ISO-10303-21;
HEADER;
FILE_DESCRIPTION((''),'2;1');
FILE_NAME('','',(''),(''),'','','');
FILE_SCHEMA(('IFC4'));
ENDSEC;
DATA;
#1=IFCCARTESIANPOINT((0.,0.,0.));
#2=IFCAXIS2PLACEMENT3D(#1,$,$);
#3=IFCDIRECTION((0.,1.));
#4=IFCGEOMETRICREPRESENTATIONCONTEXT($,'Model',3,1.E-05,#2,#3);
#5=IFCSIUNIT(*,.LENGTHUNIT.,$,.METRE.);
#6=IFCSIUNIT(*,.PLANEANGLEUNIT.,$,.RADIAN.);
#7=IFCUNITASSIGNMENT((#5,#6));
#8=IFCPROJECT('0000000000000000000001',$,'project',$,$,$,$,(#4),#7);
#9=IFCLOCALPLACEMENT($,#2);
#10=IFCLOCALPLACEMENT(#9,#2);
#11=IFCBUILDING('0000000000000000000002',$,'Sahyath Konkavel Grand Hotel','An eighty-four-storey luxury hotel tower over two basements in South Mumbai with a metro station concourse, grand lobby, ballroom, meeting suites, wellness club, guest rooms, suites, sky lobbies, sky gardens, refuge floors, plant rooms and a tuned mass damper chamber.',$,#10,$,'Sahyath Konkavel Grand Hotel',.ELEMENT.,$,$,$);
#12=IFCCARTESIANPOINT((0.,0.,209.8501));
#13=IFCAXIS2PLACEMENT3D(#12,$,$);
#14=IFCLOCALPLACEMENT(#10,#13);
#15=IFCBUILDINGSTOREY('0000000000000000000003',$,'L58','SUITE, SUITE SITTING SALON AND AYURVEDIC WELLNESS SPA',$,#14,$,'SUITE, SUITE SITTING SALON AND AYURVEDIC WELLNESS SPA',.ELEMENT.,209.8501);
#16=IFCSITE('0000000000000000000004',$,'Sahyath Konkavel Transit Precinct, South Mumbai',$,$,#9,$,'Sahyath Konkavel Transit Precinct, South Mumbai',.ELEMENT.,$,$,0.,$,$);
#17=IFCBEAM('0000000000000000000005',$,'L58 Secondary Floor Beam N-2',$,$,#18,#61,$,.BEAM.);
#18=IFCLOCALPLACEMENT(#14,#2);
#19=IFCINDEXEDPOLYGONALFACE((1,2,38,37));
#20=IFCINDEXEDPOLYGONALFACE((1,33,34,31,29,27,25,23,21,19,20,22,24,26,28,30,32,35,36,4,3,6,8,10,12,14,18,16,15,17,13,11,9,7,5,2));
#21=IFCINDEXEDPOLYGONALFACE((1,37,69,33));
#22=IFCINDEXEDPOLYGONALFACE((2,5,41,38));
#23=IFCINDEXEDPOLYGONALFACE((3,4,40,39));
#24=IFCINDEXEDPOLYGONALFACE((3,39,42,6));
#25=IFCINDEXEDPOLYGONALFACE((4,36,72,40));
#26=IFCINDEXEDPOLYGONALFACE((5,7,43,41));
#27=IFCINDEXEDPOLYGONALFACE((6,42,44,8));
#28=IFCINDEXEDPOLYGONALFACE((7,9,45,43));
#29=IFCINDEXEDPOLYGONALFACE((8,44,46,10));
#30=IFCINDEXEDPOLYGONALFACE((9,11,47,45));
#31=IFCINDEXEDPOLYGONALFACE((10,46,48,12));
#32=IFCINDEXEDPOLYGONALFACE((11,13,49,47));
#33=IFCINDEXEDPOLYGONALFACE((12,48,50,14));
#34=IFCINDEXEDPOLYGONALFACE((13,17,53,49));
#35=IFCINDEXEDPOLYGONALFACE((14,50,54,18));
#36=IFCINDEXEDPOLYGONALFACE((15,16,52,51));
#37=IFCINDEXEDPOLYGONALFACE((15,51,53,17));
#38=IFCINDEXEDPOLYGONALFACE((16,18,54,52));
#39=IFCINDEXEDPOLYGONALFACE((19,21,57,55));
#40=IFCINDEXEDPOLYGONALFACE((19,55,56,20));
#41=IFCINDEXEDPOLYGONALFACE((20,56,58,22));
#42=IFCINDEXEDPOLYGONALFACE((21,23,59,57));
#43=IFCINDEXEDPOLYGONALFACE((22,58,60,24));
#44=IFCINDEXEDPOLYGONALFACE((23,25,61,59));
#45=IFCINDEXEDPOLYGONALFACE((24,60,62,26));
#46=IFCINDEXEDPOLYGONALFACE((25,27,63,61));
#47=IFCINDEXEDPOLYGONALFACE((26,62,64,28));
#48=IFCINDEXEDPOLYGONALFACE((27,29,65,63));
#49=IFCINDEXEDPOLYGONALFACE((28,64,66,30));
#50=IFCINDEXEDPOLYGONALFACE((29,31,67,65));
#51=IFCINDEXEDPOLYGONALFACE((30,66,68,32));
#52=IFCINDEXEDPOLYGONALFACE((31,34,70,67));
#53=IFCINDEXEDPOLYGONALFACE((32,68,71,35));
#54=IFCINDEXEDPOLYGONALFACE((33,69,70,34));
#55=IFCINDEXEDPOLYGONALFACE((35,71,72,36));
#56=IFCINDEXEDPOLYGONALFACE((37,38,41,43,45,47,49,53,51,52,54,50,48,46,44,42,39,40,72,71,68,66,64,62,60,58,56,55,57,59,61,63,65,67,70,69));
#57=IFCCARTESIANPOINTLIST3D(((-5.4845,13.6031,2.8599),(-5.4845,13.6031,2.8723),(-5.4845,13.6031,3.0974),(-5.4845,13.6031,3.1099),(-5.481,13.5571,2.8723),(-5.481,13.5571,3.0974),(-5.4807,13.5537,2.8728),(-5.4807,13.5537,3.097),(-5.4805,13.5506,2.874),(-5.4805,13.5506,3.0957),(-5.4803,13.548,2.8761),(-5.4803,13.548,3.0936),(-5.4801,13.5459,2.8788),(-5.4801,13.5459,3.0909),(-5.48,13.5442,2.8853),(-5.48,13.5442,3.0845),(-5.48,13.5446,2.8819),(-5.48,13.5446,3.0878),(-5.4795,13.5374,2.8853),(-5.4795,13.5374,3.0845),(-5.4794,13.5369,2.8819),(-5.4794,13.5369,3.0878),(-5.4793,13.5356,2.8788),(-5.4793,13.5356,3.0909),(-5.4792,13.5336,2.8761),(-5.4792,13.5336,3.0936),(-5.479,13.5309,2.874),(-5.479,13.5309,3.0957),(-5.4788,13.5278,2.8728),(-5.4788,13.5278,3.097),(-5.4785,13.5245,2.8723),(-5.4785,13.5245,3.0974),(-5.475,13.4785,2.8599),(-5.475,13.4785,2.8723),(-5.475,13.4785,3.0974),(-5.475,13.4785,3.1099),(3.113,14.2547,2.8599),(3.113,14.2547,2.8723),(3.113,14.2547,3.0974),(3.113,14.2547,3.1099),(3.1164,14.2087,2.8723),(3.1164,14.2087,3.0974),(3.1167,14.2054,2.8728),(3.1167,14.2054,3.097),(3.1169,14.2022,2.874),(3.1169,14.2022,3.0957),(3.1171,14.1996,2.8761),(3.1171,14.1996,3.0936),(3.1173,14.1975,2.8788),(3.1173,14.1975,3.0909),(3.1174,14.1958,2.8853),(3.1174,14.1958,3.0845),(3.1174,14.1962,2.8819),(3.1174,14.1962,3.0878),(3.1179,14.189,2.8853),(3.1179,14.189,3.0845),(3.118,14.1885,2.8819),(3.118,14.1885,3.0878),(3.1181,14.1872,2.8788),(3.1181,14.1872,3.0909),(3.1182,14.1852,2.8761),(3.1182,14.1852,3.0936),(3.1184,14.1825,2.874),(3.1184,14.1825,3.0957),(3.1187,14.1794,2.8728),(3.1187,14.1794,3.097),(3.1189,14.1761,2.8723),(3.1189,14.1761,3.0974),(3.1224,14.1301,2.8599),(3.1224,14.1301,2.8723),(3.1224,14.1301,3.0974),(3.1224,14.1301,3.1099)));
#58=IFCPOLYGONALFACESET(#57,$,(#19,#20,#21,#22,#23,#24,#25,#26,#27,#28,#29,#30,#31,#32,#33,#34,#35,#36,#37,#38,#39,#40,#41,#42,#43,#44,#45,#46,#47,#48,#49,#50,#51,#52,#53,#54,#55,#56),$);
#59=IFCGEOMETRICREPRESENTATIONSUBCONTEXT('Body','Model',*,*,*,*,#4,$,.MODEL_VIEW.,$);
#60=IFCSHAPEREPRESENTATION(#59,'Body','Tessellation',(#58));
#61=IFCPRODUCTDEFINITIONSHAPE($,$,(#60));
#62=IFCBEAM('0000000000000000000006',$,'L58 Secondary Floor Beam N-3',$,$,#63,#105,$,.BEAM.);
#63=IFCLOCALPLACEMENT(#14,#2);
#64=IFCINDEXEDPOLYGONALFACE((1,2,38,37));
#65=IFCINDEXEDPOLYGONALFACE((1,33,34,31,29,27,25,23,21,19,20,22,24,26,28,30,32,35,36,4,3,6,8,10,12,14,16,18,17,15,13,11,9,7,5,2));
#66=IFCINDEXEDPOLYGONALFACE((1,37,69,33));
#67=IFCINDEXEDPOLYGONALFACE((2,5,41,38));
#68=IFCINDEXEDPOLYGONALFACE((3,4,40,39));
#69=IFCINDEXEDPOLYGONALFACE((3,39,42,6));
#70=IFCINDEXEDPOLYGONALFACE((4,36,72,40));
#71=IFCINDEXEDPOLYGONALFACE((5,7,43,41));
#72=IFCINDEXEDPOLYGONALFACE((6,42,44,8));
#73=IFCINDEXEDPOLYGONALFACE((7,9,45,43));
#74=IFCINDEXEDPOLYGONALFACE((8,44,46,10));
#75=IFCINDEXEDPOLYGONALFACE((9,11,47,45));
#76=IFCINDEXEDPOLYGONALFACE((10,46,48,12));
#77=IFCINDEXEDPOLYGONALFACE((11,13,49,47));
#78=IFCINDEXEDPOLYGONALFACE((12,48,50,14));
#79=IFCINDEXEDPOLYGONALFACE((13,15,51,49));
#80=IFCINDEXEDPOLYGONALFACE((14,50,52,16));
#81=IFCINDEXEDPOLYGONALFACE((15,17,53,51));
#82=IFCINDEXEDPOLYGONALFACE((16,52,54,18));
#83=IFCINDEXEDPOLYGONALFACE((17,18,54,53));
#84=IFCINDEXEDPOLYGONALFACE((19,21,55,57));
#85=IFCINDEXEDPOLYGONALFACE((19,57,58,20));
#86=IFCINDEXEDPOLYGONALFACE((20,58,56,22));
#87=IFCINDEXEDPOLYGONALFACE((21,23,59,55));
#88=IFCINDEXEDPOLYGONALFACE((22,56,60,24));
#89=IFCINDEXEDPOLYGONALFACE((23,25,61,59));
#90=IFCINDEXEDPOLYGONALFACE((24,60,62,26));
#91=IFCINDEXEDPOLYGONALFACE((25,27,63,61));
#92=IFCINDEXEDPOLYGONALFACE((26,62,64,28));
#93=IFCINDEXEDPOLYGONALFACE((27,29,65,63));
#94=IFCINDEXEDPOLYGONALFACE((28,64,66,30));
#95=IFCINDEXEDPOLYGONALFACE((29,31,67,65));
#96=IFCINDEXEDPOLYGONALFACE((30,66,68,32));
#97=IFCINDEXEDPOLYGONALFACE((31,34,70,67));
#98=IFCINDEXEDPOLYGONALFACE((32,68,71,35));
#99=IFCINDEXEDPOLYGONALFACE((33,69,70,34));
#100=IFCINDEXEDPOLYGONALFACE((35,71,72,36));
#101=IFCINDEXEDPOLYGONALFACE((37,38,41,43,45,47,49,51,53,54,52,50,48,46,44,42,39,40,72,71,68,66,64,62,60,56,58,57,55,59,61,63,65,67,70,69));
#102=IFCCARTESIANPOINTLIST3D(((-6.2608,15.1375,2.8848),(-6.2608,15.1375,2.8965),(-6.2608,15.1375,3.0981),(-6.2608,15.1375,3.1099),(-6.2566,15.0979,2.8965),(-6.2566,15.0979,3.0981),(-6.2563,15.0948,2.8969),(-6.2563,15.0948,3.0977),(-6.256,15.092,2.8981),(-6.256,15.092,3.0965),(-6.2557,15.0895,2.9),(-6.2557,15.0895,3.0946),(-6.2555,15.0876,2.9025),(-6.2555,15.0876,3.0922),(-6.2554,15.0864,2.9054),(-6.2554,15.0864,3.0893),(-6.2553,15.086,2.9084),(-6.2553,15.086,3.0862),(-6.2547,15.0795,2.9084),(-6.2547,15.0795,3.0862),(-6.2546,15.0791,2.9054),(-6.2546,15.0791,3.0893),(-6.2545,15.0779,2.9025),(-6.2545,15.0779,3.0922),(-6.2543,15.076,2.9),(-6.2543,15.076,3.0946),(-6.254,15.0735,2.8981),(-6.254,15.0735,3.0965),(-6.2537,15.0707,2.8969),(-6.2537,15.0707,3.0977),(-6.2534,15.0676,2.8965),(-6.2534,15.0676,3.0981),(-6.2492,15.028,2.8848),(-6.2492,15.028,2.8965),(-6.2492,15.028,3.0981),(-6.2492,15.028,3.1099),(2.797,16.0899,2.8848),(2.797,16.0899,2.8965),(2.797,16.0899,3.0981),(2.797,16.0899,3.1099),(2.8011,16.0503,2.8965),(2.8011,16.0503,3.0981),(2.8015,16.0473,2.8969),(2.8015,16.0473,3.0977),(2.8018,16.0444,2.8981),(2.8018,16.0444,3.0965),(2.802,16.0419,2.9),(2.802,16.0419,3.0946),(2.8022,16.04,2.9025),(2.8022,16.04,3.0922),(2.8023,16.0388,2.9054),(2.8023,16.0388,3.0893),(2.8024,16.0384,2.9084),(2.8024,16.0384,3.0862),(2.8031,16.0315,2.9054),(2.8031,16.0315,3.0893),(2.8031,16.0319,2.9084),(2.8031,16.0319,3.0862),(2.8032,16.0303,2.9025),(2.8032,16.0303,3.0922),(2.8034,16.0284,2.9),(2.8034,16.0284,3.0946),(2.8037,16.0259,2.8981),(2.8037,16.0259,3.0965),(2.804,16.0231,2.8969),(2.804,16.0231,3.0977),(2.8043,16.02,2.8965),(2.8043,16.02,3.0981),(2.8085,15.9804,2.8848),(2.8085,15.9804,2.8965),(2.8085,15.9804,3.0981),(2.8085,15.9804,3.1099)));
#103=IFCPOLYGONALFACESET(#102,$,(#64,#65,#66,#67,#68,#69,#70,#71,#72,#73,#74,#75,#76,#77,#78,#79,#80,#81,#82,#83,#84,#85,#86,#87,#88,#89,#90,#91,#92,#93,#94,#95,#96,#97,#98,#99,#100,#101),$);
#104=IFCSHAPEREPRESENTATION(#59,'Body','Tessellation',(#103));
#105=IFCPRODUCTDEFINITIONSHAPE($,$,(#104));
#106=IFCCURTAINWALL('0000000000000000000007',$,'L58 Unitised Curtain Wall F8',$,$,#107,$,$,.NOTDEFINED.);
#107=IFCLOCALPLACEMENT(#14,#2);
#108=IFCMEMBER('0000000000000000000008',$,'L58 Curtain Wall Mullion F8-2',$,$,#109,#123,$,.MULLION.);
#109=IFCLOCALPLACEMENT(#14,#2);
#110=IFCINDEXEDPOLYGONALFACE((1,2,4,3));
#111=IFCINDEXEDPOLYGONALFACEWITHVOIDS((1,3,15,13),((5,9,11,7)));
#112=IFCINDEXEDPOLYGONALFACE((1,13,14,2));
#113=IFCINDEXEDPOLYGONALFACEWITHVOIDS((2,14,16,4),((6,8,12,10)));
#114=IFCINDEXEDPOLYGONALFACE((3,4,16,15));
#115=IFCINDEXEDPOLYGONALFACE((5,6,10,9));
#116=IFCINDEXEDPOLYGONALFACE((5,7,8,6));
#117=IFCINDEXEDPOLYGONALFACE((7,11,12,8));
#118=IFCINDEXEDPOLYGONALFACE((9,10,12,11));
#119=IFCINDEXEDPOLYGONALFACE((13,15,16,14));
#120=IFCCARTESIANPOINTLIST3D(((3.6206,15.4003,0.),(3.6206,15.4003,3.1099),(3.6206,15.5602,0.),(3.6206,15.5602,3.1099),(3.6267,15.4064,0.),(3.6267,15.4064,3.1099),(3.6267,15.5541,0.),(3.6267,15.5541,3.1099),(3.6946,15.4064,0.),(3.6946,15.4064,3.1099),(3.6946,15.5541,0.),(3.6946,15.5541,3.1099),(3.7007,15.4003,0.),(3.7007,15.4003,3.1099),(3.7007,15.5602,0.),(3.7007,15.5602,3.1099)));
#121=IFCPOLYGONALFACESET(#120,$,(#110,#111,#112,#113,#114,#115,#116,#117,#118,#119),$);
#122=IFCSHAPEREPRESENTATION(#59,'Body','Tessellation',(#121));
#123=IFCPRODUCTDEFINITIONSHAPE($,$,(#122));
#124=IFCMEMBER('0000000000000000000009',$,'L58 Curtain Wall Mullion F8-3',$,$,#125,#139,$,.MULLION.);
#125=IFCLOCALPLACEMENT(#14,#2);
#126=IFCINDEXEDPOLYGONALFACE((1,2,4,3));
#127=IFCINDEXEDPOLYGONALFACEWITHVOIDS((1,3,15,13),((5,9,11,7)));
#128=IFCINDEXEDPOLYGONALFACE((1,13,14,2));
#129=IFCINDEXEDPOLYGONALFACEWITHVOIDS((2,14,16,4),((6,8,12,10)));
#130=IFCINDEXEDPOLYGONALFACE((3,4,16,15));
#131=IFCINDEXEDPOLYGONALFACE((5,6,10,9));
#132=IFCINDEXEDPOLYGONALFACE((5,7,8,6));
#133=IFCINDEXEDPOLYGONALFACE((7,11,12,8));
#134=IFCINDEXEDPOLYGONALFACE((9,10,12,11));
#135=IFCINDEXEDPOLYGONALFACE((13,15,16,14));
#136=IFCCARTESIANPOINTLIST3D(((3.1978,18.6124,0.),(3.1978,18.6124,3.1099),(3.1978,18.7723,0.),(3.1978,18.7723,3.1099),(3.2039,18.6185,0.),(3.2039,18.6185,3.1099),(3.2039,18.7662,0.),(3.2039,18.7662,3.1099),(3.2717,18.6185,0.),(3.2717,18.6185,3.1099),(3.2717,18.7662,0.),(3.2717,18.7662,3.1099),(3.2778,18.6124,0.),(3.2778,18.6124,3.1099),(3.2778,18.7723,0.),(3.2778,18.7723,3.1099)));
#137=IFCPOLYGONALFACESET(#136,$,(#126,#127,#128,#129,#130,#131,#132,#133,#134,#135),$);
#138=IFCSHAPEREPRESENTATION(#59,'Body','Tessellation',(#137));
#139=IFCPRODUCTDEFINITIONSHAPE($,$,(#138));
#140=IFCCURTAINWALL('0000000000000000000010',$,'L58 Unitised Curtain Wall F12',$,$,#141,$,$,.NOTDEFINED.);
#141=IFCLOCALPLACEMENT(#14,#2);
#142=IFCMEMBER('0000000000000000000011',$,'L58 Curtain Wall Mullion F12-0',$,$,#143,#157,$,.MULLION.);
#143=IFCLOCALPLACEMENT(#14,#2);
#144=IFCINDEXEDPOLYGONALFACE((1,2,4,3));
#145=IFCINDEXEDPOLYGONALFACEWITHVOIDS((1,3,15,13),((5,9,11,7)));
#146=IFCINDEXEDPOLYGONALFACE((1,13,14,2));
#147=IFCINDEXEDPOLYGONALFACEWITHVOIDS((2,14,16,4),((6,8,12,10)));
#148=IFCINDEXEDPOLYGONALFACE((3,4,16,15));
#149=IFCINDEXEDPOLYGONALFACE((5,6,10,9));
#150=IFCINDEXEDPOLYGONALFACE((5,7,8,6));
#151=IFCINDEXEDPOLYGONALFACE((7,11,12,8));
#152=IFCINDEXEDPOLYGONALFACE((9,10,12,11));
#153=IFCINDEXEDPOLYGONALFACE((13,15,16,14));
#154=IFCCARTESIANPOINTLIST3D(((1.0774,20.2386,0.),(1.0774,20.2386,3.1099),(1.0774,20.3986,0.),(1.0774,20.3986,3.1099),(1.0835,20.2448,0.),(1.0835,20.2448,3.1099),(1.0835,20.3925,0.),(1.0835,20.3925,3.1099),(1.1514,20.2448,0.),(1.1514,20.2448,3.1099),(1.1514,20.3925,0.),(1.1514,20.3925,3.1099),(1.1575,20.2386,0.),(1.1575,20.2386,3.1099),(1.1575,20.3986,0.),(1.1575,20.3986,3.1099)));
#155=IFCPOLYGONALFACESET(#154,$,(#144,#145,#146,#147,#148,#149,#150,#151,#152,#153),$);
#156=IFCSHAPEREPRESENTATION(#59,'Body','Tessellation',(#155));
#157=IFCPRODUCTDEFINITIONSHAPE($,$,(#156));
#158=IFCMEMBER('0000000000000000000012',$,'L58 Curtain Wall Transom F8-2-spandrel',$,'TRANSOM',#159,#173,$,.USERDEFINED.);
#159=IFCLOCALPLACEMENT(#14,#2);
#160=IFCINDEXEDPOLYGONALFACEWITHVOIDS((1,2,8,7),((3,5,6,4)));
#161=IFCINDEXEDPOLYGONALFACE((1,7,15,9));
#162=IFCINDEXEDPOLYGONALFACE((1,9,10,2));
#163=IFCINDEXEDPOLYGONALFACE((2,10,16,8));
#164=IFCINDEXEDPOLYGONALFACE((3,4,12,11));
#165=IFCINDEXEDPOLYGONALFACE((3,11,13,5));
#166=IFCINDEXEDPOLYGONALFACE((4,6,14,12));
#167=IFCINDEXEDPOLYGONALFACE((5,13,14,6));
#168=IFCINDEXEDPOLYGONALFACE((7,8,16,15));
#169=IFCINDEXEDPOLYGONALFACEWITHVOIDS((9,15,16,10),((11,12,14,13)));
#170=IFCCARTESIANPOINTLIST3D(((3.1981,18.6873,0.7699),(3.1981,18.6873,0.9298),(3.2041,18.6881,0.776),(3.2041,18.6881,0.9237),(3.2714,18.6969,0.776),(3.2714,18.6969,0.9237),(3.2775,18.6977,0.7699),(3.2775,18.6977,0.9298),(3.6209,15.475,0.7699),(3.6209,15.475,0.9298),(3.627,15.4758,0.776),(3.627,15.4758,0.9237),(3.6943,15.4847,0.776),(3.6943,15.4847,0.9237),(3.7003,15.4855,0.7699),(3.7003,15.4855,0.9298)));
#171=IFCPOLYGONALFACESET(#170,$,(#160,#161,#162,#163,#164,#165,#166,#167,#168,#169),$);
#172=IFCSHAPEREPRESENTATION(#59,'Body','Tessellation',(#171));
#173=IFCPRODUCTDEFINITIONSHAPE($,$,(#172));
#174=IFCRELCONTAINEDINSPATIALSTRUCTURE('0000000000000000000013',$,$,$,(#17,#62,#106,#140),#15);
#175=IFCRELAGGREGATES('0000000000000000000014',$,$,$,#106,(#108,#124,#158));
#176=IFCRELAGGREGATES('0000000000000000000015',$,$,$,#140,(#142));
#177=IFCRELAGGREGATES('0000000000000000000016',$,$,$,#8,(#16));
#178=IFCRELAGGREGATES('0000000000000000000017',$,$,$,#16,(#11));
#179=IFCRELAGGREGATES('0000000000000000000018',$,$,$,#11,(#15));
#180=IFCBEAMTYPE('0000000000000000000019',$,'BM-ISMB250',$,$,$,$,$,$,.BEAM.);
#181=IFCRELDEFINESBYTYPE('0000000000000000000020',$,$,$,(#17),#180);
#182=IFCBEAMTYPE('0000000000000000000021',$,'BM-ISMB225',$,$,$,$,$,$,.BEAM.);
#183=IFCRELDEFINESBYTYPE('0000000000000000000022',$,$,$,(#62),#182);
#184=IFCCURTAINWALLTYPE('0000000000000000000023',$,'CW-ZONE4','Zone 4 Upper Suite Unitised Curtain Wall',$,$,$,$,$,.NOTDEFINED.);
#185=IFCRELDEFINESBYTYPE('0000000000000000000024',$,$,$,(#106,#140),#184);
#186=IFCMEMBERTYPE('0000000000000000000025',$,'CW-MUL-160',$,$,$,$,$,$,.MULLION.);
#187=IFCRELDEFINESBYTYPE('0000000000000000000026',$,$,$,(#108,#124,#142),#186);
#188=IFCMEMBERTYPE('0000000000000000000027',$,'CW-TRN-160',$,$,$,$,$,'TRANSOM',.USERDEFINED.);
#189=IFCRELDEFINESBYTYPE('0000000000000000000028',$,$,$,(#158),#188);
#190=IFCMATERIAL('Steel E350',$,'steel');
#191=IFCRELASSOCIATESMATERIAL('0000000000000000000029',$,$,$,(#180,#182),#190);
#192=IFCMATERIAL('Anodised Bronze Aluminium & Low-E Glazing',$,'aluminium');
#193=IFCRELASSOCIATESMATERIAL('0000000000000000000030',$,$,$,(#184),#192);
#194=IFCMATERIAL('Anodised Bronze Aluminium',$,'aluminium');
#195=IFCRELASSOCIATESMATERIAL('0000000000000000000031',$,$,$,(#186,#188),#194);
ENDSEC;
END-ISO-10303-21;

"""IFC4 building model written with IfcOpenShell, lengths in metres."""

from ifc_helpers import new_model, si_unit, direction, frame, origin, origin_2d, place, context, subcontext, project, spatial, hollow_rectangle, i_section, extrude, source, transform, mapped, material, material_profile, profile_set, type_object, element, aggregate, save


model = new_model("IFC4")

# Units and contexts
model_context = context("Model", 3, precision=1e-05, world=origin(), true_north=direction((0.0, 1.0)))
body_context = subcontext(model_context, "Body", "Model", "MODEL_VIEW")
ifc_project = project(units=[si_unit("LENGTHUNIT", "METRE"), si_unit("PLANEANGLEUNIT", "RADIAN")], contexts=[model_context])

# Site, building, storey
site_placement = place(None, origin())
site = spatial("IfcSite", under=ifc_project, at=site_placement, Name="Sahyath Konkavel Transit Precinct, South Mumbai", LongName="Sahyath Konkavel Transit Precinct, South Mumbai", CompositionType="ELEMENT", RefElevation=0.0)
building_placement = place(site_placement, origin())
building = spatial("IfcBuilding", under=site, at=building_placement, Name="Sahyath Konkavel Grand Hotel", Description="An eighty-four-storey luxury hotel tower over two basements in South Mumbai with a metro station concourse, grand lobby, ballroom, meeting suites, wellness club, guest rooms, suites, sky lobbies, sky gardens, refuge floors, plant rooms and a tuned mass damper chamber.", LongName="Sahyath Konkavel Grand Hotel", CompositionType="ELEMENT")
storey_placement = place(building_placement, frame((0.0, 0.0, 209.8501)))
storey = spatial("IfcBuildingStorey", under=building, at=storey_placement, Name="L58", Description="SUITE, SUITE SITTING SALON AND AYURVEDIC WELLNESS SPA", LongName="SUITE, SUITE SITTING SALON AND AYURVEDIC WELLNESS SPA", CompositionType="ELEMENT", Elevation=209.8501)

# Beams
ifc_material_1 = material(Name="Steel E350", Category="steel")
ifc_material_profile_1 = material_profile(ifc_material_1, i_section(OverallWidth=0.125, OverallDepth=0.25, WebThickness=0.0068, FlangeThickness=0.0125, FilletRadius=0.0129, at=origin_2d()), Name="ISMB 250")
ifc_profile_set_1 = profile_set([ifc_material_profile_1], Name="Steel E350")
beam_type_1 = type_object("IfcBeamType", Name="BM-ISMB250", PredefinedType="BEAM", material=ifc_profile_set_1)
shared_shape_1 = source(origin(), body_context, "Body", "SweptSolid", [
    extrude(i_section(OverallWidth=0.125, OverallDepth=0.25, WebThickness=0.0068, FlangeThickness=0.0125, FilletRadius=0.0129, at=origin_2d()), origin(), (0.0, 0.0, 1.0), 8.6221),
])
beam_1_placement = place(storey_placement, frame((3.1177, 14.1924, 2.9849), z_axis=(-0.99714, -0.075575, 0.0), x_axis=(0.075575, -0.99714, 0.0)))
element("IfcBeam", 1, at=beam_1_placement, inside=storey, type_object=beam_type_1, Name="L58 Secondary Floor Beam N-2", PredefinedType="BEAM", context=body_context, shape_type="MappedRepresentation", body=[
    mapped(shared_shape_1, transform((0.0, 0.0, 0.0), scale=1.0)),
])
ifc_material_profile_2 = material_profile(ifc_material_1, i_section(OverallWidth=0.1101, OverallDepth=0.2251, WebThickness=0.0066, FlangeThickness=0.0117, FilletRadius=0.012, at=origin_2d()), Name="ISMB 225")
ifc_profile_set_2 = profile_set([ifc_material_profile_2], Name="Steel E350")
beam_type_2 = type_object("IfcBeamType", Name="BM-ISMB225", PredefinedType="BEAM", material=ifc_profile_set_2)
shared_shape_2 = source(origin(), body_context, "Body", "SweptSolid", [
    extrude(i_section(OverallWidth=0.1101, OverallDepth=0.2251, WebThickness=0.0066, FlangeThickness=0.0117, FilletRadius=0.012, at=origin_2d()), origin(), (0.0, 0.0, 1.0), 9.1077),
])
beam_2_placement = place(storey_placement, frame((2.8027, 16.0352, 2.9973), z_axis=(-0.994517, -0.104572, 0.0), x_axis=(0.104572, -0.994517, 0.0)))
element("IfcBeam", 2, at=beam_2_placement, inside=storey, type_object=beam_type_2, Name="L58 Secondary Floor Beam N-3", PredefinedType="BEAM", context=body_context, shape_type="MappedRepresentation", body=[
    mapped(shared_shape_2, transform((0.0, 0.0, 0.0), scale=1.0)),
])

# Curtain wall, members
ifc_material_2 = material(Name="Anodised Bronze Aluminium & Low-E Glazing", Category="aluminium")
curtain_wall_type = type_object("IfcCurtainWallType", Name="CW-ZONE4", Description="Zone 4 Upper Suite Unitised Curtain Wall", PredefinedType="NOTDEFINED", material=ifc_material_2)
curtain_wall_1_placement = place(storey_placement, origin())
curtain_wall_1 = element("IfcCurtainWall", 3, at=curtain_wall_1_placement, inside=storey, type_object=curtain_wall_type, Name="L58 Unitised Curtain Wall F8", PredefinedType="NOTDEFINED")
ifc_material_3 = material(Name="Anodised Bronze Aluminium", Category="aluminium")
ifc_material_profile_3 = material_profile(ifc_material_3, hollow_rectangle(XDim=0.0801, YDim=0.1599, WallThickness=0.0061, at=origin_2d()), Name="RHS 160x80x6")
ifc_profile_set_3 = profile_set([ifc_material_profile_3], Name="Anodised Bronze Aluminium")
member_type_1 = type_object("IfcMemberType", Name="CW-MUL-160", PredefinedType="MULLION", material=ifc_profile_set_3)
shared_shape_3 = source(origin(), body_context, "Body", "SweptSolid", [
    extrude(hollow_rectangle(XDim=0.0801, YDim=0.1599, WallThickness=0.0061, at=origin_2d()), origin(), (0.0, 0.0, 1.0), 3.1099),
])
member_1_placement = place(storey_placement, frame((3.6606, 15.4802, 0.0), z_axis=(0.0, 0.0, 1.0), x_axis=(1.0, 0.0, 0.0)))
member_1 = element("IfcMember", 4, at=member_1_placement, type_object=member_type_1, Name="L58 Curtain Wall Mullion F8-2", PredefinedType="MULLION", context=body_context, shape_type="MappedRepresentation", body=[
    mapped(shared_shape_3, transform((0.0, 0.0, 0.0), scale=1.0)),
])
member_2_placement = place(storey_placement, frame((3.2378, 18.6924, 0.0), z_axis=(0.0, 0.0, 1.0), x_axis=(1.0, 0.0, 0.0)))
member_2 = element("IfcMember", 5, at=member_2_placement, type_object=member_type_1, Name="L58 Curtain Wall Mullion F8-3", PredefinedType="MULLION", context=body_context, shape_type="MappedRepresentation", body=[
    mapped(shared_shape_3, transform((0.0, 0.0, 0.0), scale=1.0)),
])

# Curtain wall, member
curtain_wall_2_placement = place(storey_placement, origin())
curtain_wall_2 = element("IfcCurtainWall", 6, at=curtain_wall_2_placement, inside=storey, type_object=curtain_wall_type, Name="L58 Unitised Curtain Wall F12", PredefinedType="NOTDEFINED")
member_3_placement = place(storey_placement, frame((1.1174, 20.3186, 0.0), z_axis=(0.0, 0.0, 1.0), x_axis=(1.0, 0.0, 0.0)))
member_3 = element("IfcMember", 7, at=member_3_placement, type_object=member_type_1, Name="L58 Curtain Wall Mullion F12-0", PredefinedType="MULLION", context=body_context, shape_type="MappedRepresentation", body=[
    mapped(shared_shape_3, transform((0.0, 0.0, 0.0), scale=1.0)),
])

# Member
ifc_material_profile_4 = material_profile(ifc_material_3, hollow_rectangle(XDim=0.0801, YDim=0.1599, WallThickness=0.0061, at=origin_2d()), Name="RHS 160x80x6")
ifc_profile_set_4 = profile_set([ifc_material_profile_4], Name="Anodised Bronze Aluminium")
member_type_2 = type_object("IfcMemberType", Name="CW-TRN-160", ElementType="TRANSOM", PredefinedType="USERDEFINED", material=ifc_profile_set_4)
shared_shape_4 = source(origin(), body_context, "Body", "SweptSolid", [
    extrude(hollow_rectangle(XDim=0.0801, YDim=0.1599, WallThickness=0.0061, at=origin_2d()), origin(), (0.0, 0.0, 1.0), 3.24),
])
member_4_placement = place(storey_placement, frame((3.6606, 15.4802, 0.8499), z_axis=(-0.130515, 0.991446, 0.0), x_axis=(-0.991446, -0.130515, 0.0)))
member_4 = element("IfcMember", 8, at=member_4_placement, type_object=member_type_2, Name="L58 Curtain Wall Transom F8-2-spandrel", ObjectType="TRANSOM", PredefinedType="USERDEFINED", context=body_context, shape_type="MappedRepresentation", body=[
    mapped(shared_shape_4, transform((0.0, 0.0, 0.0), scale=1.0)),
])

aggregate(curtain_wall_1, [member_1, member_2, member_4])
aggregate(curtain_wall_2, [member_3])

save(model, "model.ifc")
